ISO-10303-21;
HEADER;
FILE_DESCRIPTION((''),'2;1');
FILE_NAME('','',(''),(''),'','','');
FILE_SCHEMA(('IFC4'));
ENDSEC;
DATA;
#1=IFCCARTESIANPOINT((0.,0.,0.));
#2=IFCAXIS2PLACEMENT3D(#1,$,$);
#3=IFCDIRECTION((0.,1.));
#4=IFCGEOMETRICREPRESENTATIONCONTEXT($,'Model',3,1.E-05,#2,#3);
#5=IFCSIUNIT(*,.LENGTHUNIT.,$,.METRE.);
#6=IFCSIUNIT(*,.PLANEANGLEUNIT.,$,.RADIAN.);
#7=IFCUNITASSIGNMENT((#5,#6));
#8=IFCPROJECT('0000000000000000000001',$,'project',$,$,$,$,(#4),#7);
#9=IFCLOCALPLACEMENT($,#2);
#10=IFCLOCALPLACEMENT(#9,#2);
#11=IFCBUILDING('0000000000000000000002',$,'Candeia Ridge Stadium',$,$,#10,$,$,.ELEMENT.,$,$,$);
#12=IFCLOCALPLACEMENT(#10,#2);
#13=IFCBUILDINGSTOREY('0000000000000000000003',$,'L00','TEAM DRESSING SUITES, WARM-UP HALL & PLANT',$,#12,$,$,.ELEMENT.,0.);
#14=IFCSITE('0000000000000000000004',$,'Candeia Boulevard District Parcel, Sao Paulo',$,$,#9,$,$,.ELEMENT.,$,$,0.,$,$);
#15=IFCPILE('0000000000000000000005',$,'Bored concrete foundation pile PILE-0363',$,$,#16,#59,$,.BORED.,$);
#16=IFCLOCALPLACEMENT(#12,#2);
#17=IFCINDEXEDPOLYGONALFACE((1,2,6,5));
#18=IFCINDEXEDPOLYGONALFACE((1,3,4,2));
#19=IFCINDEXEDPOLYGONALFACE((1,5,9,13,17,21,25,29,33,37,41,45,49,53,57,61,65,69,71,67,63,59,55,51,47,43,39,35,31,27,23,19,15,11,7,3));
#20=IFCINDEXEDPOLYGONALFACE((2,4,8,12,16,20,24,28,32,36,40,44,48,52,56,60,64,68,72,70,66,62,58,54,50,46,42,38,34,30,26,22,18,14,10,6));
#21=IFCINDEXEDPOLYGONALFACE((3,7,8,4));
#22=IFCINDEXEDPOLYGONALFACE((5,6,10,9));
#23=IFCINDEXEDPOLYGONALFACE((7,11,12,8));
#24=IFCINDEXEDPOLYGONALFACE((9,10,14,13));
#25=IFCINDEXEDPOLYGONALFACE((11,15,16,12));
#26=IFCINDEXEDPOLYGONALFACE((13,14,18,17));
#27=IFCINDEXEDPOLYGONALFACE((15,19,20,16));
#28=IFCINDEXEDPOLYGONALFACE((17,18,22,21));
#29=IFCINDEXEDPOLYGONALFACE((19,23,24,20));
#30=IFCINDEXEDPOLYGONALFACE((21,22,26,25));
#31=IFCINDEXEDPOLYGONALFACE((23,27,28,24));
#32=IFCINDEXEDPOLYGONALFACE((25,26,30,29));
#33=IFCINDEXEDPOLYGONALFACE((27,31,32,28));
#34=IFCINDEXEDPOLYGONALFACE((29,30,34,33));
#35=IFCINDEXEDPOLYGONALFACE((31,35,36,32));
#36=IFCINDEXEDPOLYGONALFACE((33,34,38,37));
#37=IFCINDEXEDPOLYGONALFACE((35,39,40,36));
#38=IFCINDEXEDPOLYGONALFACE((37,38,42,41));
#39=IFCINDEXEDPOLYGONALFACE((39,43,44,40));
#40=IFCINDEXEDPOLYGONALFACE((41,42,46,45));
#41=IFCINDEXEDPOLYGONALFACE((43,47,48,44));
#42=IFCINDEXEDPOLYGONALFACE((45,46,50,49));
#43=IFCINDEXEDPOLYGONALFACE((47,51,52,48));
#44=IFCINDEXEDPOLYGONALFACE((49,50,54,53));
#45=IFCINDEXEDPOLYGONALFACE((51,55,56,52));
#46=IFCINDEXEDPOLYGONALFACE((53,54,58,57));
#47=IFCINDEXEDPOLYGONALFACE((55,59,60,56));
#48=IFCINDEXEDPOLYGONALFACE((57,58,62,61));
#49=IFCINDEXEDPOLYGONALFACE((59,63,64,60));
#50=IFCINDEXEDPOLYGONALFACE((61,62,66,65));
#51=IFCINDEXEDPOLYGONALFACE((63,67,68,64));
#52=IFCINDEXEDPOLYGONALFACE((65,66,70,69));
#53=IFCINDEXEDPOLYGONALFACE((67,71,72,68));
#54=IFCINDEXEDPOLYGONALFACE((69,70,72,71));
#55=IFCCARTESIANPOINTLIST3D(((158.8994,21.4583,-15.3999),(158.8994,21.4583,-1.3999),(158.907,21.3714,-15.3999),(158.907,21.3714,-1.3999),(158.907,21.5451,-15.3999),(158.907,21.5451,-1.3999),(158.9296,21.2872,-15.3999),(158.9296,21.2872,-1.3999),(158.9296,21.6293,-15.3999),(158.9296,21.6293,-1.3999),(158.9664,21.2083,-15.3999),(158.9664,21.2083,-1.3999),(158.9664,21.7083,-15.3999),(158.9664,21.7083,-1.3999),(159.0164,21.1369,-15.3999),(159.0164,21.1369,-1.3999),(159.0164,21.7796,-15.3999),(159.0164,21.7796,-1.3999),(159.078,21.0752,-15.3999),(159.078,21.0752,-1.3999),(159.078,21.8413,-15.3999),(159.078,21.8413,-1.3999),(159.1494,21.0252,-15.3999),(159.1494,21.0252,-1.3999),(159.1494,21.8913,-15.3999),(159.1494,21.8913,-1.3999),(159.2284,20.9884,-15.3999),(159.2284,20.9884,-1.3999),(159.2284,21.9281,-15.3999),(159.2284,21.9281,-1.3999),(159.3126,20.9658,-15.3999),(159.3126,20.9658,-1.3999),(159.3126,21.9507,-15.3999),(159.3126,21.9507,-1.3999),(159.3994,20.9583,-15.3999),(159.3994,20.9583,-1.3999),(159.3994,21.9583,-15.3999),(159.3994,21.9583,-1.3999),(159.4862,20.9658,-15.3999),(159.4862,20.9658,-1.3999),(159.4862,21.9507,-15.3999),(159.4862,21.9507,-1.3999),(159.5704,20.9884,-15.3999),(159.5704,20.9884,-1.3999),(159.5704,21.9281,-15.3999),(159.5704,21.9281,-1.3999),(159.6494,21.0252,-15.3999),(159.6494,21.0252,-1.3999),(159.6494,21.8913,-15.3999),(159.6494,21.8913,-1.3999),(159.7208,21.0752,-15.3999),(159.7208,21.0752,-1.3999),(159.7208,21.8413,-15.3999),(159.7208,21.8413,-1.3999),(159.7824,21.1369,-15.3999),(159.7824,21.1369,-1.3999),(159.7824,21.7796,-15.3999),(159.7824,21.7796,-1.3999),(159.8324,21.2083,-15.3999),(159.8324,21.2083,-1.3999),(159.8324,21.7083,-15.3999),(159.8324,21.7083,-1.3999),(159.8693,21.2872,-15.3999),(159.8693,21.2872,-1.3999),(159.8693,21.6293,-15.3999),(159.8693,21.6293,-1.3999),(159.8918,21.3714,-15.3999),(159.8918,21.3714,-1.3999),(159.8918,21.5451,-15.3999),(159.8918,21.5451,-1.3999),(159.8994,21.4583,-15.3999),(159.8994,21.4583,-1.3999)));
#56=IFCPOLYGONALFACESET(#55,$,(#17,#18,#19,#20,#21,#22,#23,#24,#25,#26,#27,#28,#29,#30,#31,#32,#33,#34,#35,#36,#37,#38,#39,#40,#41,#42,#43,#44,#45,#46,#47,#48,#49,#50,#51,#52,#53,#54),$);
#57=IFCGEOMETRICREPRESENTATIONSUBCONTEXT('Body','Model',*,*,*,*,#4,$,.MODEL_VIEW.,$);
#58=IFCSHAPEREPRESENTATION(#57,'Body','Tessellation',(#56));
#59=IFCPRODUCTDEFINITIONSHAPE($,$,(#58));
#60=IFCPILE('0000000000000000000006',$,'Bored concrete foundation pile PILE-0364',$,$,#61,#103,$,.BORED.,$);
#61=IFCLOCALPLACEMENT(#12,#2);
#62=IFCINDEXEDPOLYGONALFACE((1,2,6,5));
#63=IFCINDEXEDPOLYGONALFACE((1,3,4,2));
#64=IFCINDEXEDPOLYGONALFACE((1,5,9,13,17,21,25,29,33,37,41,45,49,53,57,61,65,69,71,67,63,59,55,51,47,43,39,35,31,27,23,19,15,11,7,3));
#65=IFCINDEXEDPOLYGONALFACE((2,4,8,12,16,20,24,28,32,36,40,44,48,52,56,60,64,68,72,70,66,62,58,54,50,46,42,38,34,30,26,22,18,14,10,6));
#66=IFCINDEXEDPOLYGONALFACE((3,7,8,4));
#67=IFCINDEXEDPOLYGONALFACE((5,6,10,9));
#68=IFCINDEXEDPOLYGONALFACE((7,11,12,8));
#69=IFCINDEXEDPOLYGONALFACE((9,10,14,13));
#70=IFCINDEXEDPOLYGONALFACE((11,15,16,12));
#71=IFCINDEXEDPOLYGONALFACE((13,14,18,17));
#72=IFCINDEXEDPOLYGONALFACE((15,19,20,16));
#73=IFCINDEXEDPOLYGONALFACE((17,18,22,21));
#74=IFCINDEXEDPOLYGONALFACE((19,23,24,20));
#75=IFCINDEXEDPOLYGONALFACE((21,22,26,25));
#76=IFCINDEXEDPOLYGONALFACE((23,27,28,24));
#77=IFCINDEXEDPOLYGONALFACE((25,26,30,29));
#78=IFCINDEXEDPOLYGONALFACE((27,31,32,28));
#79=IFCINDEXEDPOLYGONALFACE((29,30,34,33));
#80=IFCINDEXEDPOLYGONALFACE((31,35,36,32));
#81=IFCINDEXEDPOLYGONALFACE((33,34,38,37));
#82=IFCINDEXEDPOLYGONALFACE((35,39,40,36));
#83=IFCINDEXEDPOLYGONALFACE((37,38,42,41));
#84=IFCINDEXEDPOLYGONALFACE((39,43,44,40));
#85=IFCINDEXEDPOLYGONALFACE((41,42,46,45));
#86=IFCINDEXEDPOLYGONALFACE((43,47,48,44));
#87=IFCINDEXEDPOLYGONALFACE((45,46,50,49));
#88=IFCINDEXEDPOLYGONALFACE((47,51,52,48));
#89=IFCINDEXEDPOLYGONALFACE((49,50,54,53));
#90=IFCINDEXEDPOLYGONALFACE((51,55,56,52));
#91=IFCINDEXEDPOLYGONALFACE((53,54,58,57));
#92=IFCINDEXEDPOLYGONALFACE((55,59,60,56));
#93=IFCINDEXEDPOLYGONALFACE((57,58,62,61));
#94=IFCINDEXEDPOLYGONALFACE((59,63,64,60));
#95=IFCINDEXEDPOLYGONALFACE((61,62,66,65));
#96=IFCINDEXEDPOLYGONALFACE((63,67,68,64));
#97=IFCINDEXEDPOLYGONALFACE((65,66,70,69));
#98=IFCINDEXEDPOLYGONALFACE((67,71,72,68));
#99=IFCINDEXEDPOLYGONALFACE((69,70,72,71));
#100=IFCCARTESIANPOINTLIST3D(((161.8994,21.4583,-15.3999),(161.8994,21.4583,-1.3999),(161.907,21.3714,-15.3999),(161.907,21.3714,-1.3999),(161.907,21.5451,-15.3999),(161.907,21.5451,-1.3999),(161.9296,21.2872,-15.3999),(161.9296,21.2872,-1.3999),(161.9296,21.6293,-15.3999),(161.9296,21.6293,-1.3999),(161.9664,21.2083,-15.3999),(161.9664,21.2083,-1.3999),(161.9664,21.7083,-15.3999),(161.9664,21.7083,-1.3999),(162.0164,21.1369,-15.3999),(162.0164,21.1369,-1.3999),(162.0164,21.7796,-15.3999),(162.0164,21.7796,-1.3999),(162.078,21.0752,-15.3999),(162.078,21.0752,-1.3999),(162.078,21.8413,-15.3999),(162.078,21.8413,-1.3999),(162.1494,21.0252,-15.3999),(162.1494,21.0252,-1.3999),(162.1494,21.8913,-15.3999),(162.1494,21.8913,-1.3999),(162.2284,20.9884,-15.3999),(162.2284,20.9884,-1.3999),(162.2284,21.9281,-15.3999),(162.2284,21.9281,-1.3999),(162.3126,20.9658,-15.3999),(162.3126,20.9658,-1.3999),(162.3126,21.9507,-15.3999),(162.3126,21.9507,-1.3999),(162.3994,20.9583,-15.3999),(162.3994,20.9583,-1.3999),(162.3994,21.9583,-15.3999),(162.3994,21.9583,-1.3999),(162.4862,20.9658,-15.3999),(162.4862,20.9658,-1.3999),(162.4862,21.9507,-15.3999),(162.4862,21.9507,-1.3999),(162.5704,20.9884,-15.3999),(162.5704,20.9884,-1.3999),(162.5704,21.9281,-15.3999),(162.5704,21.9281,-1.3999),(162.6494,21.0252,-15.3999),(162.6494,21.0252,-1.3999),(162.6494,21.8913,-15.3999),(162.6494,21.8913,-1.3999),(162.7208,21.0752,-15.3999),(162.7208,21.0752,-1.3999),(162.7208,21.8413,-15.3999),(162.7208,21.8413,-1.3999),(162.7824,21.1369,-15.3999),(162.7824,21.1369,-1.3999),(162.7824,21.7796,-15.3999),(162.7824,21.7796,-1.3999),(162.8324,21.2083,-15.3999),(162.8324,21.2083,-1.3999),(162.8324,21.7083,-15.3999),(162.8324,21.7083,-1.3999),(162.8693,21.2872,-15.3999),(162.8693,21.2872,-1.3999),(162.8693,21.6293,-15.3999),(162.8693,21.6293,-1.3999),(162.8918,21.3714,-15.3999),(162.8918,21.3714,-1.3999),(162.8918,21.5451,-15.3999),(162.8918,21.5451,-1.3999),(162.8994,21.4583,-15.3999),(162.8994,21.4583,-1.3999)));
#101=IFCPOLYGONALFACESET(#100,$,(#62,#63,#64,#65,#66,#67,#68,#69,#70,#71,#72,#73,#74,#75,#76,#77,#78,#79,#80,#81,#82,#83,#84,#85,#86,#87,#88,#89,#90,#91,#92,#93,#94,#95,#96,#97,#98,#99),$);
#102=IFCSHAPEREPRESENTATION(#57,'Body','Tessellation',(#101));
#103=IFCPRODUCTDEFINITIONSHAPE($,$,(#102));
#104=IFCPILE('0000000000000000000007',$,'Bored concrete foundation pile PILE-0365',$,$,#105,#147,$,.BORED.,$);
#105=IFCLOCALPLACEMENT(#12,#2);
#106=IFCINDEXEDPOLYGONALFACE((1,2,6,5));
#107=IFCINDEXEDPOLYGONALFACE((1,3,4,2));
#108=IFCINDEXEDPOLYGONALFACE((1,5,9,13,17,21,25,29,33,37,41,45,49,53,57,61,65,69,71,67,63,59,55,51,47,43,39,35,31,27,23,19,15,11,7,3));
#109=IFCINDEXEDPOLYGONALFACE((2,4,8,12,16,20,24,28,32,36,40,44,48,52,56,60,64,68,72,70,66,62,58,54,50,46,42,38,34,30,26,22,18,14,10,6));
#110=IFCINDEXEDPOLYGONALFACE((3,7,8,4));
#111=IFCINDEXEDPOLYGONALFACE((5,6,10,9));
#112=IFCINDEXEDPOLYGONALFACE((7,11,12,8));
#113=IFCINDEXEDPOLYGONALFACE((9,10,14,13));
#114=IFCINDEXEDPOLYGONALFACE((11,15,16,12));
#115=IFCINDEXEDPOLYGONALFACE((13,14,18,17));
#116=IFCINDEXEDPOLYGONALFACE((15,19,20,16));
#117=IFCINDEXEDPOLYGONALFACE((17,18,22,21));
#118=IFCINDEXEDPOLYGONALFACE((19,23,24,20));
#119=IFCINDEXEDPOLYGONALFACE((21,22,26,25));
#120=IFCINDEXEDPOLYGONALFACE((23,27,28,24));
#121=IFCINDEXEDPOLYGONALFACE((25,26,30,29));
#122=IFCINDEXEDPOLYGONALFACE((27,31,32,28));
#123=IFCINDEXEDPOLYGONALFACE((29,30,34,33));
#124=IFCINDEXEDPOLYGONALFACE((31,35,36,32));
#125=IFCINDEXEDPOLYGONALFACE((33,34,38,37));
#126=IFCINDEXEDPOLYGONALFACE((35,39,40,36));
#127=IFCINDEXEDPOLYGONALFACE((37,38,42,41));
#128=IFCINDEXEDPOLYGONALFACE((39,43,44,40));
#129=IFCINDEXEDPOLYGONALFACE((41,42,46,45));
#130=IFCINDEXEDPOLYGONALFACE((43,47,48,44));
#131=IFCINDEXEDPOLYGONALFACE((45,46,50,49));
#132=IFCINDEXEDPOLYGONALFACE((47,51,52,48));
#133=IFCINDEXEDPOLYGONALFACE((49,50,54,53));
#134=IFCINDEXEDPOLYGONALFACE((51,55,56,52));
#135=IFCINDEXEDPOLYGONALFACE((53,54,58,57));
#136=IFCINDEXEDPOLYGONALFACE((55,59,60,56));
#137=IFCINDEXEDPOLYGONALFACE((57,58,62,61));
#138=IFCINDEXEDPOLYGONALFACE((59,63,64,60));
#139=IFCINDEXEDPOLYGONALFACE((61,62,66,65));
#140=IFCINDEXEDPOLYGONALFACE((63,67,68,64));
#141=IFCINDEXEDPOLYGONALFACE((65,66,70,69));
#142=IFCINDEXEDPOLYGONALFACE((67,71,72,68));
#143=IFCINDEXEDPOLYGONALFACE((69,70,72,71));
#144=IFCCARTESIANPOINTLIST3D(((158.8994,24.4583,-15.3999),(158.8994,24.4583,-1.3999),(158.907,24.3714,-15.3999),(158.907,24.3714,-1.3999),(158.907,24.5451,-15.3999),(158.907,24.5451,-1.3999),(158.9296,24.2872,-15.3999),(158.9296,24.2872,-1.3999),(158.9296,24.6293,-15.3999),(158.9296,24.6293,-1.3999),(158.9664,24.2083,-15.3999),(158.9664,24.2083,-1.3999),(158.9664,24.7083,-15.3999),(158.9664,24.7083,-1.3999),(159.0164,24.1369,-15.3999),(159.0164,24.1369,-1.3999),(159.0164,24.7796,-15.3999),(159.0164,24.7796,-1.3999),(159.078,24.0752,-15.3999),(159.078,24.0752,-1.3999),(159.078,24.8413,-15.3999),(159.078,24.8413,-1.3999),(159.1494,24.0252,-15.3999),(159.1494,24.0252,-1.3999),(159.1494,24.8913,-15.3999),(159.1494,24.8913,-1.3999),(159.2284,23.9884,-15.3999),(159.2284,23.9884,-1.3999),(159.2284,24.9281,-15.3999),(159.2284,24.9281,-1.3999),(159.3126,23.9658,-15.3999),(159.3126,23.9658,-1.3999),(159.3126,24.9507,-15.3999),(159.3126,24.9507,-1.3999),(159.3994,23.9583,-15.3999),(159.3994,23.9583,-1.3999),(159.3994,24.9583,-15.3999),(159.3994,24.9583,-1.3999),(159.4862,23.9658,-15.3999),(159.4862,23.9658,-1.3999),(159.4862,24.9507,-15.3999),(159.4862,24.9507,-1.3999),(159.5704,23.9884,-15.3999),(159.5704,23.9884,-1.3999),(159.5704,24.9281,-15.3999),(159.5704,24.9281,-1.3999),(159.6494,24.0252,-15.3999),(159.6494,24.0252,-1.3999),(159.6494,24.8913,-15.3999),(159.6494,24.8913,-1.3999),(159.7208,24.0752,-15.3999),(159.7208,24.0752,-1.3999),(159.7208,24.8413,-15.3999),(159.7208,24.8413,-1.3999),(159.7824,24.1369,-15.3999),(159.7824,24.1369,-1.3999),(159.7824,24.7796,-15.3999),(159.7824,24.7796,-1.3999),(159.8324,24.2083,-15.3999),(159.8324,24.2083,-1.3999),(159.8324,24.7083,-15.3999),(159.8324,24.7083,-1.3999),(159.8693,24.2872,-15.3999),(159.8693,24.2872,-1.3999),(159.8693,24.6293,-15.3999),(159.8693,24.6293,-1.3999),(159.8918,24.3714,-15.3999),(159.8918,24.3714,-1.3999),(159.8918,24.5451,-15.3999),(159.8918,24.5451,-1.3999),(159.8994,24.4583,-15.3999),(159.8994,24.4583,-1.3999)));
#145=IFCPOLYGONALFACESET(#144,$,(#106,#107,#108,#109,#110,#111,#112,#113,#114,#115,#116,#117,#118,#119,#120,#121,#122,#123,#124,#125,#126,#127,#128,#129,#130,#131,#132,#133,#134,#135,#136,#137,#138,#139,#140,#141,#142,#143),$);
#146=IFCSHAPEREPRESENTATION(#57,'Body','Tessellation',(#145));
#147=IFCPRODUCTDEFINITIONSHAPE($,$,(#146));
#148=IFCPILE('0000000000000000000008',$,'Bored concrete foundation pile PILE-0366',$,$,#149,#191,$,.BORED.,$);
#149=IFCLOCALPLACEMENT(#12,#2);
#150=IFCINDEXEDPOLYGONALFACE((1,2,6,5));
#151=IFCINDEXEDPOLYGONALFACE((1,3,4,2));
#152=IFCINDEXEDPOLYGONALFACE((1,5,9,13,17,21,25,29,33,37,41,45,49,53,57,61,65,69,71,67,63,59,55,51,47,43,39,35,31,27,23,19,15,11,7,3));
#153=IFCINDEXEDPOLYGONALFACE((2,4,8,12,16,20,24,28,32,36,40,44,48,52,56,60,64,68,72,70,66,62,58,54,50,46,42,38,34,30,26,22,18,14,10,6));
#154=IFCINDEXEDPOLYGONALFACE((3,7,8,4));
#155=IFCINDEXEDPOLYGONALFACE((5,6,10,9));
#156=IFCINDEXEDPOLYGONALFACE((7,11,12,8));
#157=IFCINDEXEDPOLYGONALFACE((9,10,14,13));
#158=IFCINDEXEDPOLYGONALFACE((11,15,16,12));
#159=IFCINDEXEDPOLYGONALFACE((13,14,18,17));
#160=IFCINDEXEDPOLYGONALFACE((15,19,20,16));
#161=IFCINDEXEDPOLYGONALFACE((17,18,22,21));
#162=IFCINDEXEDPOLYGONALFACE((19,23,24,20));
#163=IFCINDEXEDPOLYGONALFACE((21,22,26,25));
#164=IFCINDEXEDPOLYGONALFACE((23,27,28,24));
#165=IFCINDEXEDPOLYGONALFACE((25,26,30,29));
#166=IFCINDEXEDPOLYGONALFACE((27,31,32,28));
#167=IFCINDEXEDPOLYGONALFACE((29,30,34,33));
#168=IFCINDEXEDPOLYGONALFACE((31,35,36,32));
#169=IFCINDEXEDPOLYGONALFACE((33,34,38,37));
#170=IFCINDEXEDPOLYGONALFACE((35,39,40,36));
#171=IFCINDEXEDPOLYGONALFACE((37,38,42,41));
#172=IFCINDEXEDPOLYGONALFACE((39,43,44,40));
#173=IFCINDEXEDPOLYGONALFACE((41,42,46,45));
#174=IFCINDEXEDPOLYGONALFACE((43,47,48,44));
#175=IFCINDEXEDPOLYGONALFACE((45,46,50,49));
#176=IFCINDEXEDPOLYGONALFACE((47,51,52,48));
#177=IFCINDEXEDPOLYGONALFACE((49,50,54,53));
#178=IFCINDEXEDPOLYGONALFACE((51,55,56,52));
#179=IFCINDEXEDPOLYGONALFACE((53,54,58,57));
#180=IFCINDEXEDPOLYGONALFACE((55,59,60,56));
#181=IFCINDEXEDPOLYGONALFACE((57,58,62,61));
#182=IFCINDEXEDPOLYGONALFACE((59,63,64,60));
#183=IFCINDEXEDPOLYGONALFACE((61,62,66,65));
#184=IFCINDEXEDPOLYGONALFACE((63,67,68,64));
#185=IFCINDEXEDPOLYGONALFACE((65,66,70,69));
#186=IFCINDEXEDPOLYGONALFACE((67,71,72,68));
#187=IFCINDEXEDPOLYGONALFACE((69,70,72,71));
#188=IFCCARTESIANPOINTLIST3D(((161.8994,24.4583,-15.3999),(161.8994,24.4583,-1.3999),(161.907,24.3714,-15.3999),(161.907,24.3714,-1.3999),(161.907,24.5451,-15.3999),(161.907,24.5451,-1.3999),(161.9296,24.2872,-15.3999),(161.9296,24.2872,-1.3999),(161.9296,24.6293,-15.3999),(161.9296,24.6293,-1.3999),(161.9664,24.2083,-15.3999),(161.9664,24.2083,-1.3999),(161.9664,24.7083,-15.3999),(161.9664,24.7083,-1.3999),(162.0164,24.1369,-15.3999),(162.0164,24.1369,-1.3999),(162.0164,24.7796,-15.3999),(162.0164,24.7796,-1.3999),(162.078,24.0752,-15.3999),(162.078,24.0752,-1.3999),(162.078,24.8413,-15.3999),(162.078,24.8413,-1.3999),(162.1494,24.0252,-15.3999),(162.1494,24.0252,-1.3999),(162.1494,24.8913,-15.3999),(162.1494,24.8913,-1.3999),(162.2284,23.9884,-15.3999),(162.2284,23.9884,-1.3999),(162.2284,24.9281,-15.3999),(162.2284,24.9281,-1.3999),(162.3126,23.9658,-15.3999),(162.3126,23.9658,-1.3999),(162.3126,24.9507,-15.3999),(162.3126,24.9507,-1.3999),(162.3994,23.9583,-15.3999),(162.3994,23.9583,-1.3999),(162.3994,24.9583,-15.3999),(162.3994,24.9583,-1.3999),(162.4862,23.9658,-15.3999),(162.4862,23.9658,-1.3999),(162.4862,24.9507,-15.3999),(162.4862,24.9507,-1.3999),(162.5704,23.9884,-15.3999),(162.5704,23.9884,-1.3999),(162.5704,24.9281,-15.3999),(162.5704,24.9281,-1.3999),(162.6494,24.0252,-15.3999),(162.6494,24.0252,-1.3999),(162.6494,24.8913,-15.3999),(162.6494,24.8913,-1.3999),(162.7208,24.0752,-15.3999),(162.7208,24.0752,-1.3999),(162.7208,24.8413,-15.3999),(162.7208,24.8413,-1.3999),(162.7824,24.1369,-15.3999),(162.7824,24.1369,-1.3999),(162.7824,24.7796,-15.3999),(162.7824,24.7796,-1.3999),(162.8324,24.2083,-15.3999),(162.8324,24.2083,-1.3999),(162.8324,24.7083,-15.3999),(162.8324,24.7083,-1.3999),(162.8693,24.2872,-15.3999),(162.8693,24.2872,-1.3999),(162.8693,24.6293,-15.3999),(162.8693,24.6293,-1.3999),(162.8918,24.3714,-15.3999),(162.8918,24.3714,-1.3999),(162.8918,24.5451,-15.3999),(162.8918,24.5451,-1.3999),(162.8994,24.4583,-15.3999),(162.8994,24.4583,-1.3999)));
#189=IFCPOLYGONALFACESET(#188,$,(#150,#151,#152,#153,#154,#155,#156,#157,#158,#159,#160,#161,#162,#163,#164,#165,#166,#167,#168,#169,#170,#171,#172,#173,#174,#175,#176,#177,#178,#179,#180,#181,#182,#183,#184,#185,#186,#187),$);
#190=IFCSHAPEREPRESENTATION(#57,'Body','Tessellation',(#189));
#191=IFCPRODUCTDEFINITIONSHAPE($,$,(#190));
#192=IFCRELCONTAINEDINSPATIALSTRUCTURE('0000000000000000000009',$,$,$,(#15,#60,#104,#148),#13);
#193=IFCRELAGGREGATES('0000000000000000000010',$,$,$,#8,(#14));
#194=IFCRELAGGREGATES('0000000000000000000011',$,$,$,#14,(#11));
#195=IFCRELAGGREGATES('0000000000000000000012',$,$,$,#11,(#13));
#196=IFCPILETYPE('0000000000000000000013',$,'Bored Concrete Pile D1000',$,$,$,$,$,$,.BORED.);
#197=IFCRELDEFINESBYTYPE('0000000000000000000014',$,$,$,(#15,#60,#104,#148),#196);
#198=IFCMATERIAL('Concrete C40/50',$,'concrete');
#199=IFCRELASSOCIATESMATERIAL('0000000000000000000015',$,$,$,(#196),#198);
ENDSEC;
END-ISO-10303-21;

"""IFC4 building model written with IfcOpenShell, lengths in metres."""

from ifc_helpers import new_model, si_unit, direction, frame, origin, origin_2d, place, context, subcontext, project, spatial, circle, extrude, material, material_profile, profile_set, type_object, element, save


model = new_model("IFC4")

# Units and contexts
model_context = context("Model", 3, precision=1e-05, world=origin(), true_north=direction((0.0, 1.0)))
body_context = subcontext(model_context, "Body", "Model", "MODEL_VIEW")
ifc_project = project(units=[si_unit("LENGTHUNIT", "METRE"), si_unit("PLANEANGLEUNIT", "RADIAN")], contexts=[model_context])

# Site, building, storey
site_placement = place(None, origin())
site = spatial("IfcSite", under=ifc_project, at=site_placement, Name="Candeia Boulevard District Parcel, Sao Paulo", CompositionType="ELEMENT", RefElevation=0.0)
building_placement = place(site_placement, origin())
building = spatial("IfcBuilding", under=site, at=building_placement, Name="Candeia Ridge Stadium", CompositionType="ELEMENT")
storey_placement = place(building_placement, origin())
storey = spatial("IfcBuildingStorey", under=building, at=storey_placement, Name="L00", Description="TEAM DRESSING SUITES, WARM-UP HALL & PLANT", CompositionType="ELEMENT", Elevation=0.0)

# Piles
ifc_material_1 = material(Name="Concrete C40/50", Category="concrete")
ifc_material_profile_1 = material_profile(ifc_material_1, circle(Radius=0.5, at=origin_2d()), Name="PILE-D1000", Category="concrete")
ifc_profile_set_1 = profile_set([ifc_material_profile_1], Name="Concrete C40/50")
pile_type_1 = type_object("IfcPileType", Name="Bored Concrete Pile D1000", PredefinedType="BORED", material=ifc_profile_set_1)
for number, where, z_axis, x_axis, name in (
    (1, (159.3994, 21.4583, -1.3999), (0.0, 0.0, -1.0), (1.0, 0.0, 0.0), "Bored concrete foundation pile PILE-0363"),
    (2, (162.3994, 21.4583, -1.3999), (0.0, 0.0, -1.0), (1.0, 0.0, 0.0), "Bored concrete foundation pile PILE-0364"),
    (3, (159.3994, 24.4583, -1.3999), (0.0, 0.0, -1.0), (1.0, 0.0, 0.0), "Bored concrete foundation pile PILE-0365"),
    (4, (162.3994, 24.4583, -1.3999), (0.0, 0.0, -1.0), (1.0, 0.0, 0.0), "Bored concrete foundation pile PILE-0366"),
):
    element("IfcPile", number, at=place(storey_placement, frame(where, z_axis=z_axis, x_axis=x_axis)), inside=storey, type_object=pile_type_1, Name=name, PredefinedType="BORED", context=body_context, shape_type="SweptSolid", body=[
        extrude(circle(Radius=0.5, at=origin_2d()), origin(), (0.0, 0.0, 1.0), 14.0),
    ])

save(model, "model.ifc")
